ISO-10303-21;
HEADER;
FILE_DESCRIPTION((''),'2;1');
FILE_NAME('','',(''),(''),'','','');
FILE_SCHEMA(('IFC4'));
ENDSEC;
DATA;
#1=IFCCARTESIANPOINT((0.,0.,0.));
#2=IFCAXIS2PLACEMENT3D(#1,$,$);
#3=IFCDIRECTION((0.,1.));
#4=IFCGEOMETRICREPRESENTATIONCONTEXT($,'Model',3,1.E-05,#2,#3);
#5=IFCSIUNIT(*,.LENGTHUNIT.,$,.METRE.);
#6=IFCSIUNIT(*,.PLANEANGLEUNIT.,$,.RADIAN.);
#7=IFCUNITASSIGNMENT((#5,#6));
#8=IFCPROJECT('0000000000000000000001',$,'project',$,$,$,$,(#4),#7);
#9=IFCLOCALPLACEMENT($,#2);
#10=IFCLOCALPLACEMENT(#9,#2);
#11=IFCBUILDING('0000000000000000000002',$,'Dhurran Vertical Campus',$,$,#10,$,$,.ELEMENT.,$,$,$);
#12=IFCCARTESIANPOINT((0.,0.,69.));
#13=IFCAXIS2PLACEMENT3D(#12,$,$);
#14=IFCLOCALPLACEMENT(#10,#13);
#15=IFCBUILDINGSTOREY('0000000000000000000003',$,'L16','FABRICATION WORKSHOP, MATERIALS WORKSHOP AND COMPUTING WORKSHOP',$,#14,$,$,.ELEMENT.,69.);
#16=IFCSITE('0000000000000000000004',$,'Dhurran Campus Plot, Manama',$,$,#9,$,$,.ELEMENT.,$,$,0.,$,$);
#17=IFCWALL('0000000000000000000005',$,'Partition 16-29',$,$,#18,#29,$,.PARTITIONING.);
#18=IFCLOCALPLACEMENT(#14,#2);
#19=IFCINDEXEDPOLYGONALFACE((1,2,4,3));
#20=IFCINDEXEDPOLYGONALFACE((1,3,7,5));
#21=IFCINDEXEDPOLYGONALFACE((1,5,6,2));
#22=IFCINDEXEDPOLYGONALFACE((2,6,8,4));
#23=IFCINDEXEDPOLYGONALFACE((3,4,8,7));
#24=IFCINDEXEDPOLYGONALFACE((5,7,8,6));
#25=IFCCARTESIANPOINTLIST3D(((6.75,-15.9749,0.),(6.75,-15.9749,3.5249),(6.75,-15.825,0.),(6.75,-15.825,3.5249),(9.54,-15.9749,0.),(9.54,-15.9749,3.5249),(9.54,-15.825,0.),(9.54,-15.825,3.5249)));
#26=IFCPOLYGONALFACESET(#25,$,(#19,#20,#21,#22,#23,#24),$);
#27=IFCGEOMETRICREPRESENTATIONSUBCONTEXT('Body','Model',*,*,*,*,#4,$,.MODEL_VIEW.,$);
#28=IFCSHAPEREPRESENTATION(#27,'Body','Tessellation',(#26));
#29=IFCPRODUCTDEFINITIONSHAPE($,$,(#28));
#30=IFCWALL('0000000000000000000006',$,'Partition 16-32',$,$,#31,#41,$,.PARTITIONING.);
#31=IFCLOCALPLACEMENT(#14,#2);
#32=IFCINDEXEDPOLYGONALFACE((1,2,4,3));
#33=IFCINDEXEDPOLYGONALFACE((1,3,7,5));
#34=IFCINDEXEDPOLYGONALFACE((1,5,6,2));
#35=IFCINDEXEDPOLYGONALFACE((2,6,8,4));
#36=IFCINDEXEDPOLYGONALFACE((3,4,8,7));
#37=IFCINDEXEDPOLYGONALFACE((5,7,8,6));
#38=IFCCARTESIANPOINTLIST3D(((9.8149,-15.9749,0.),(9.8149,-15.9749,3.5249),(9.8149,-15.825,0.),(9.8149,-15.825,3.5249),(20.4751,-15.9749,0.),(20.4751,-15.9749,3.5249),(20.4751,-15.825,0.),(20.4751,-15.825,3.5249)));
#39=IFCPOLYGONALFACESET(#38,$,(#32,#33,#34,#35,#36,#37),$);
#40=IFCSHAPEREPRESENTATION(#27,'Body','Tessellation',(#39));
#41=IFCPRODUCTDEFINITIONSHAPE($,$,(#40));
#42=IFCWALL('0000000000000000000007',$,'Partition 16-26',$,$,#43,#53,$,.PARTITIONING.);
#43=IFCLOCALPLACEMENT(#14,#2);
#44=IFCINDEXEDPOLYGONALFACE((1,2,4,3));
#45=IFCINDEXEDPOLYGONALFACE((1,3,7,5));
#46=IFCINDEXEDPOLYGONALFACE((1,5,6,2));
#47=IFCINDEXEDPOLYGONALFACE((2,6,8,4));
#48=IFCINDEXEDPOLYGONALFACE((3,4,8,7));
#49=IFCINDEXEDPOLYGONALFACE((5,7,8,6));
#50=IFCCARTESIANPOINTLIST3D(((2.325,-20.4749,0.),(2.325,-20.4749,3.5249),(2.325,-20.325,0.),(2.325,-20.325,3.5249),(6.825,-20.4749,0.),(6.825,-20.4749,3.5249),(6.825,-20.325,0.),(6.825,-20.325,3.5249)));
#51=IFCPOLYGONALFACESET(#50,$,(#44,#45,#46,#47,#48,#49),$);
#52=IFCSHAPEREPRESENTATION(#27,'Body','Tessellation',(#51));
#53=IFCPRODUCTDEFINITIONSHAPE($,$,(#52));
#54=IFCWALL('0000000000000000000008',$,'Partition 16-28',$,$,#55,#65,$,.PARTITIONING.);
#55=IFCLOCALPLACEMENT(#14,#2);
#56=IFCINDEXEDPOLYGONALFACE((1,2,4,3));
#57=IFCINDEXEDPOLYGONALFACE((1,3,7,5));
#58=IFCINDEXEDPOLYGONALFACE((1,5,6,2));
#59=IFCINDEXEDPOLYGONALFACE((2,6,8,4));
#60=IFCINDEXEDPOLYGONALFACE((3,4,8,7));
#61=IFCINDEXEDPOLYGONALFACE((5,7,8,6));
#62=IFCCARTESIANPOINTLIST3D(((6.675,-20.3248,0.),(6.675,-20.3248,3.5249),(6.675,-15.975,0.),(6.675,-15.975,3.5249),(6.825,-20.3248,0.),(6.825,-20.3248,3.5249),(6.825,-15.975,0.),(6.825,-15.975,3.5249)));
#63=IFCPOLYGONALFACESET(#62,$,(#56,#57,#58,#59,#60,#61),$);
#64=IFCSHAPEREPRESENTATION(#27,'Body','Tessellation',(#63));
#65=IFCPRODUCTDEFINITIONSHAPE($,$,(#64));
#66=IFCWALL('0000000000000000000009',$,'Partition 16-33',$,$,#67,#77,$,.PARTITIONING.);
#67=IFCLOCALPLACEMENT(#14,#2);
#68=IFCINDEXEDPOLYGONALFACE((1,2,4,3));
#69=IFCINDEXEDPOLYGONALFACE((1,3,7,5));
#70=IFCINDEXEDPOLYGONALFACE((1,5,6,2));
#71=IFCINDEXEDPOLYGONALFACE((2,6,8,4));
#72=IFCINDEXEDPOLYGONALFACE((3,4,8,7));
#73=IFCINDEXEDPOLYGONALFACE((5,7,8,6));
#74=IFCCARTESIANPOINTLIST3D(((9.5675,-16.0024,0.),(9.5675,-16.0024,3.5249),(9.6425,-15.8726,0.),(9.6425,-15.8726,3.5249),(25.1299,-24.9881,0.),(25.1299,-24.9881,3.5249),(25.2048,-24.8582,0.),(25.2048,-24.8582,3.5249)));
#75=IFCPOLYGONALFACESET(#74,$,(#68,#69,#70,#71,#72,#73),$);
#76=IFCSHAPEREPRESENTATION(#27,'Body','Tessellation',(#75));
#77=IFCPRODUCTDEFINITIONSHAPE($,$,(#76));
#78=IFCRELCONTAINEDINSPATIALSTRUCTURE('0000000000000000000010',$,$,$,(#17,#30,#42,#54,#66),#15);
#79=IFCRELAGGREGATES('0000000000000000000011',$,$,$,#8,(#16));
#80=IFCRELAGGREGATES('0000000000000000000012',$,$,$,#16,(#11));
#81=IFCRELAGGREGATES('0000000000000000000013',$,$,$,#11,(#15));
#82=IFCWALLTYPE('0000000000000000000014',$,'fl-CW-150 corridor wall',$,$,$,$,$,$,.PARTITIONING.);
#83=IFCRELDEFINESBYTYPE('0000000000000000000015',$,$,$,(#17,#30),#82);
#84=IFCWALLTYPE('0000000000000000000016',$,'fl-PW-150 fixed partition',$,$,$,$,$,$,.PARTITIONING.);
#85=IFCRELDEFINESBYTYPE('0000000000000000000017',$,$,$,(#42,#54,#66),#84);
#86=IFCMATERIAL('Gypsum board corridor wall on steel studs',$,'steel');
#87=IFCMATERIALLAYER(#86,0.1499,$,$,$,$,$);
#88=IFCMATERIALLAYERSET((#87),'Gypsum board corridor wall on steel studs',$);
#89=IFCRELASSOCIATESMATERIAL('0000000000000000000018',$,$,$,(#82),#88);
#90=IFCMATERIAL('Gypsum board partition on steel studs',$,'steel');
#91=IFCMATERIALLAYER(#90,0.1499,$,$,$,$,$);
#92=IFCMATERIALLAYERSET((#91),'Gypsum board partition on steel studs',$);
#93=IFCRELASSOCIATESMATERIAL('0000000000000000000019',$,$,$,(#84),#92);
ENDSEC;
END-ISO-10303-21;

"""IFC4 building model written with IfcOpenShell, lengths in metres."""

from ifc_helpers import new_model, si_unit, direction, frame, frame_2d, origin, place, context, subcontext, project, spatial, rectangle, extrude, material, layer, layer_set, type_object, element, save


model = new_model("IFC4")

# Units and contexts
model_context = context("Model", 3, precision=1e-05, world=origin(), true_north=direction((0.0, 1.0)))
body_context = subcontext(model_context, "Body", "Model", "MODEL_VIEW")
ifc_project = project(units=[si_unit("LENGTHUNIT", "METRE"), si_unit("PLANEANGLEUNIT", "RADIAN")], contexts=[model_context])

# Site, building, storey
site_placement = place(None, origin())
site = spatial("IfcSite", under=ifc_project, at=site_placement, Name="Dhurran Campus Plot, Manama", CompositionType="ELEMENT", RefElevation=0.0)
building_placement = place(site_placement, origin())
building = spatial("IfcBuilding", under=site, at=building_placement, Name="Dhurran Vertical Campus", CompositionType="ELEMENT")
storey_placement = place(building_placement, frame((0.0, 0.0, 69.0)))
storey = spatial("IfcBuildingStorey", under=building, at=storey_placement, Name="L16", Description="FABRICATION WORKSHOP, MATERIALS WORKSHOP AND COMPUTING WORKSHOP", CompositionType="ELEMENT", Elevation=69.0)

# Shared definitions
ifc_material_1 = material(Name="Gypsum board corridor wall on steel studs", Category="steel")
ifc_layer_1 = layer(ifc_material_1, 0.1499)
ifc_layer_set_1 = layer_set([ifc_layer_1], Name="Gypsum board corridor wall on steel studs")
wall_type_1 = type_object("IfcWallType", Name="fl-CW-150 corridor wall", PredefinedType="PARTITIONING", material=ifc_layer_set_1)

# Walls
wall_1_placement = place(storey_placement, frame((6.75, -15.8999, 0.0), z_axis=(0.0, 0.0, 1.0), x_axis=(1.0, 0.0, 0.0)))
element("IfcWall", 1, at=wall_1_placement, inside=storey, type_object=wall_type_1, Name="Partition 16-29", PredefinedType="PARTITIONING", context=body_context, shape_type="SweptSolid", body=[
    extrude(rectangle(XDim=2.79, YDim=0.1499, at=frame_2d((1.395, 0.0))), origin(), (0.0, 0.0, 1.0), 3.5249),
])
wall_2_placement = place(storey_placement, frame((9.8149, -15.8999, 0.0), z_axis=(0.0, 0.0, 1.0), x_axis=(1.0, 0.0, 0.0)))
element("IfcWall", 2, at=wall_2_placement, inside=storey, type_object=wall_type_1, Name="Partition 16-32", PredefinedType="PARTITIONING", context=body_context, shape_type="SweptSolid", body=[
    extrude(rectangle(XDim=10.6602, YDim=0.1499, at=frame_2d((5.3301, 0.0))), origin(), (0.0, 0.0, 1.0), 3.5249),
])
ifc_material_2 = material(Name="Gypsum board partition on steel studs", Category="steel")
ifc_layer_2 = layer(ifc_material_2, 0.1499)
ifc_layer_set_2 = layer_set([ifc_layer_2], Name="Gypsum board partition on steel studs")
wall_type_2 = type_object("IfcWallType", Name="fl-PW-150 fixed partition", PredefinedType="PARTITIONING", material=ifc_layer_set_2)
wall_3_placement = place(storey_placement, frame((6.825, -20.3999, 0.0), z_axis=(0.0, 0.0, 1.0), x_axis=(-1.0, 0.0, 0.0)))
element("IfcWall", 3, at=wall_3_placement, inside=storey, type_object=wall_type_2, Name="Partition 16-26", PredefinedType="PARTITIONING", context=body_context, shape_type="SweptSolid", body=[
    extrude(rectangle(XDim=4.5, YDim=0.1499, at=frame_2d((2.25, 0.0))), origin(), (0.0, 0.0, 1.0), 3.5249),
])
wall_4_placement = place(storey_placement, frame((6.75, -15.9751, 0.0), z_axis=(0.0, 0.0, 1.0), x_axis=(0.0, -1.0, 0.0)))
element("IfcWall", 4, at=wall_4_placement, inside=storey, type_object=wall_type_2, Name="Partition 16-28", PredefinedType="PARTITIONING", context=body_context, shape_type="SweptSolid", body=[
    extrude(rectangle(XDim=4.3499, YDim=0.1499, at=frame_2d((2.1748, 0.0))), origin(), (0.0, 0.0, 1.0), 3.5249),
])
wall_5_placement = place(storey_placement, frame((9.605, -15.9375, 0.0), z_axis=(0.0, 0.0, 1.0), x_axis=(0.866008, -0.50003, 0.0)))
element("IfcWall", 5, at=wall_5_placement, inside=storey, type_object=wall_type_2, Name="Partition 16-33", PredefinedType="PARTITIONING", context=body_context, shape_type="SweptSolid", body=[
    extrude(rectangle(XDim=17.9702, YDim=0.1499, at=frame_2d((8.9851, 0.0))), origin(), (0.0, 0.0, 1.0), 3.5249),
])

save(model, "model.ifc")
